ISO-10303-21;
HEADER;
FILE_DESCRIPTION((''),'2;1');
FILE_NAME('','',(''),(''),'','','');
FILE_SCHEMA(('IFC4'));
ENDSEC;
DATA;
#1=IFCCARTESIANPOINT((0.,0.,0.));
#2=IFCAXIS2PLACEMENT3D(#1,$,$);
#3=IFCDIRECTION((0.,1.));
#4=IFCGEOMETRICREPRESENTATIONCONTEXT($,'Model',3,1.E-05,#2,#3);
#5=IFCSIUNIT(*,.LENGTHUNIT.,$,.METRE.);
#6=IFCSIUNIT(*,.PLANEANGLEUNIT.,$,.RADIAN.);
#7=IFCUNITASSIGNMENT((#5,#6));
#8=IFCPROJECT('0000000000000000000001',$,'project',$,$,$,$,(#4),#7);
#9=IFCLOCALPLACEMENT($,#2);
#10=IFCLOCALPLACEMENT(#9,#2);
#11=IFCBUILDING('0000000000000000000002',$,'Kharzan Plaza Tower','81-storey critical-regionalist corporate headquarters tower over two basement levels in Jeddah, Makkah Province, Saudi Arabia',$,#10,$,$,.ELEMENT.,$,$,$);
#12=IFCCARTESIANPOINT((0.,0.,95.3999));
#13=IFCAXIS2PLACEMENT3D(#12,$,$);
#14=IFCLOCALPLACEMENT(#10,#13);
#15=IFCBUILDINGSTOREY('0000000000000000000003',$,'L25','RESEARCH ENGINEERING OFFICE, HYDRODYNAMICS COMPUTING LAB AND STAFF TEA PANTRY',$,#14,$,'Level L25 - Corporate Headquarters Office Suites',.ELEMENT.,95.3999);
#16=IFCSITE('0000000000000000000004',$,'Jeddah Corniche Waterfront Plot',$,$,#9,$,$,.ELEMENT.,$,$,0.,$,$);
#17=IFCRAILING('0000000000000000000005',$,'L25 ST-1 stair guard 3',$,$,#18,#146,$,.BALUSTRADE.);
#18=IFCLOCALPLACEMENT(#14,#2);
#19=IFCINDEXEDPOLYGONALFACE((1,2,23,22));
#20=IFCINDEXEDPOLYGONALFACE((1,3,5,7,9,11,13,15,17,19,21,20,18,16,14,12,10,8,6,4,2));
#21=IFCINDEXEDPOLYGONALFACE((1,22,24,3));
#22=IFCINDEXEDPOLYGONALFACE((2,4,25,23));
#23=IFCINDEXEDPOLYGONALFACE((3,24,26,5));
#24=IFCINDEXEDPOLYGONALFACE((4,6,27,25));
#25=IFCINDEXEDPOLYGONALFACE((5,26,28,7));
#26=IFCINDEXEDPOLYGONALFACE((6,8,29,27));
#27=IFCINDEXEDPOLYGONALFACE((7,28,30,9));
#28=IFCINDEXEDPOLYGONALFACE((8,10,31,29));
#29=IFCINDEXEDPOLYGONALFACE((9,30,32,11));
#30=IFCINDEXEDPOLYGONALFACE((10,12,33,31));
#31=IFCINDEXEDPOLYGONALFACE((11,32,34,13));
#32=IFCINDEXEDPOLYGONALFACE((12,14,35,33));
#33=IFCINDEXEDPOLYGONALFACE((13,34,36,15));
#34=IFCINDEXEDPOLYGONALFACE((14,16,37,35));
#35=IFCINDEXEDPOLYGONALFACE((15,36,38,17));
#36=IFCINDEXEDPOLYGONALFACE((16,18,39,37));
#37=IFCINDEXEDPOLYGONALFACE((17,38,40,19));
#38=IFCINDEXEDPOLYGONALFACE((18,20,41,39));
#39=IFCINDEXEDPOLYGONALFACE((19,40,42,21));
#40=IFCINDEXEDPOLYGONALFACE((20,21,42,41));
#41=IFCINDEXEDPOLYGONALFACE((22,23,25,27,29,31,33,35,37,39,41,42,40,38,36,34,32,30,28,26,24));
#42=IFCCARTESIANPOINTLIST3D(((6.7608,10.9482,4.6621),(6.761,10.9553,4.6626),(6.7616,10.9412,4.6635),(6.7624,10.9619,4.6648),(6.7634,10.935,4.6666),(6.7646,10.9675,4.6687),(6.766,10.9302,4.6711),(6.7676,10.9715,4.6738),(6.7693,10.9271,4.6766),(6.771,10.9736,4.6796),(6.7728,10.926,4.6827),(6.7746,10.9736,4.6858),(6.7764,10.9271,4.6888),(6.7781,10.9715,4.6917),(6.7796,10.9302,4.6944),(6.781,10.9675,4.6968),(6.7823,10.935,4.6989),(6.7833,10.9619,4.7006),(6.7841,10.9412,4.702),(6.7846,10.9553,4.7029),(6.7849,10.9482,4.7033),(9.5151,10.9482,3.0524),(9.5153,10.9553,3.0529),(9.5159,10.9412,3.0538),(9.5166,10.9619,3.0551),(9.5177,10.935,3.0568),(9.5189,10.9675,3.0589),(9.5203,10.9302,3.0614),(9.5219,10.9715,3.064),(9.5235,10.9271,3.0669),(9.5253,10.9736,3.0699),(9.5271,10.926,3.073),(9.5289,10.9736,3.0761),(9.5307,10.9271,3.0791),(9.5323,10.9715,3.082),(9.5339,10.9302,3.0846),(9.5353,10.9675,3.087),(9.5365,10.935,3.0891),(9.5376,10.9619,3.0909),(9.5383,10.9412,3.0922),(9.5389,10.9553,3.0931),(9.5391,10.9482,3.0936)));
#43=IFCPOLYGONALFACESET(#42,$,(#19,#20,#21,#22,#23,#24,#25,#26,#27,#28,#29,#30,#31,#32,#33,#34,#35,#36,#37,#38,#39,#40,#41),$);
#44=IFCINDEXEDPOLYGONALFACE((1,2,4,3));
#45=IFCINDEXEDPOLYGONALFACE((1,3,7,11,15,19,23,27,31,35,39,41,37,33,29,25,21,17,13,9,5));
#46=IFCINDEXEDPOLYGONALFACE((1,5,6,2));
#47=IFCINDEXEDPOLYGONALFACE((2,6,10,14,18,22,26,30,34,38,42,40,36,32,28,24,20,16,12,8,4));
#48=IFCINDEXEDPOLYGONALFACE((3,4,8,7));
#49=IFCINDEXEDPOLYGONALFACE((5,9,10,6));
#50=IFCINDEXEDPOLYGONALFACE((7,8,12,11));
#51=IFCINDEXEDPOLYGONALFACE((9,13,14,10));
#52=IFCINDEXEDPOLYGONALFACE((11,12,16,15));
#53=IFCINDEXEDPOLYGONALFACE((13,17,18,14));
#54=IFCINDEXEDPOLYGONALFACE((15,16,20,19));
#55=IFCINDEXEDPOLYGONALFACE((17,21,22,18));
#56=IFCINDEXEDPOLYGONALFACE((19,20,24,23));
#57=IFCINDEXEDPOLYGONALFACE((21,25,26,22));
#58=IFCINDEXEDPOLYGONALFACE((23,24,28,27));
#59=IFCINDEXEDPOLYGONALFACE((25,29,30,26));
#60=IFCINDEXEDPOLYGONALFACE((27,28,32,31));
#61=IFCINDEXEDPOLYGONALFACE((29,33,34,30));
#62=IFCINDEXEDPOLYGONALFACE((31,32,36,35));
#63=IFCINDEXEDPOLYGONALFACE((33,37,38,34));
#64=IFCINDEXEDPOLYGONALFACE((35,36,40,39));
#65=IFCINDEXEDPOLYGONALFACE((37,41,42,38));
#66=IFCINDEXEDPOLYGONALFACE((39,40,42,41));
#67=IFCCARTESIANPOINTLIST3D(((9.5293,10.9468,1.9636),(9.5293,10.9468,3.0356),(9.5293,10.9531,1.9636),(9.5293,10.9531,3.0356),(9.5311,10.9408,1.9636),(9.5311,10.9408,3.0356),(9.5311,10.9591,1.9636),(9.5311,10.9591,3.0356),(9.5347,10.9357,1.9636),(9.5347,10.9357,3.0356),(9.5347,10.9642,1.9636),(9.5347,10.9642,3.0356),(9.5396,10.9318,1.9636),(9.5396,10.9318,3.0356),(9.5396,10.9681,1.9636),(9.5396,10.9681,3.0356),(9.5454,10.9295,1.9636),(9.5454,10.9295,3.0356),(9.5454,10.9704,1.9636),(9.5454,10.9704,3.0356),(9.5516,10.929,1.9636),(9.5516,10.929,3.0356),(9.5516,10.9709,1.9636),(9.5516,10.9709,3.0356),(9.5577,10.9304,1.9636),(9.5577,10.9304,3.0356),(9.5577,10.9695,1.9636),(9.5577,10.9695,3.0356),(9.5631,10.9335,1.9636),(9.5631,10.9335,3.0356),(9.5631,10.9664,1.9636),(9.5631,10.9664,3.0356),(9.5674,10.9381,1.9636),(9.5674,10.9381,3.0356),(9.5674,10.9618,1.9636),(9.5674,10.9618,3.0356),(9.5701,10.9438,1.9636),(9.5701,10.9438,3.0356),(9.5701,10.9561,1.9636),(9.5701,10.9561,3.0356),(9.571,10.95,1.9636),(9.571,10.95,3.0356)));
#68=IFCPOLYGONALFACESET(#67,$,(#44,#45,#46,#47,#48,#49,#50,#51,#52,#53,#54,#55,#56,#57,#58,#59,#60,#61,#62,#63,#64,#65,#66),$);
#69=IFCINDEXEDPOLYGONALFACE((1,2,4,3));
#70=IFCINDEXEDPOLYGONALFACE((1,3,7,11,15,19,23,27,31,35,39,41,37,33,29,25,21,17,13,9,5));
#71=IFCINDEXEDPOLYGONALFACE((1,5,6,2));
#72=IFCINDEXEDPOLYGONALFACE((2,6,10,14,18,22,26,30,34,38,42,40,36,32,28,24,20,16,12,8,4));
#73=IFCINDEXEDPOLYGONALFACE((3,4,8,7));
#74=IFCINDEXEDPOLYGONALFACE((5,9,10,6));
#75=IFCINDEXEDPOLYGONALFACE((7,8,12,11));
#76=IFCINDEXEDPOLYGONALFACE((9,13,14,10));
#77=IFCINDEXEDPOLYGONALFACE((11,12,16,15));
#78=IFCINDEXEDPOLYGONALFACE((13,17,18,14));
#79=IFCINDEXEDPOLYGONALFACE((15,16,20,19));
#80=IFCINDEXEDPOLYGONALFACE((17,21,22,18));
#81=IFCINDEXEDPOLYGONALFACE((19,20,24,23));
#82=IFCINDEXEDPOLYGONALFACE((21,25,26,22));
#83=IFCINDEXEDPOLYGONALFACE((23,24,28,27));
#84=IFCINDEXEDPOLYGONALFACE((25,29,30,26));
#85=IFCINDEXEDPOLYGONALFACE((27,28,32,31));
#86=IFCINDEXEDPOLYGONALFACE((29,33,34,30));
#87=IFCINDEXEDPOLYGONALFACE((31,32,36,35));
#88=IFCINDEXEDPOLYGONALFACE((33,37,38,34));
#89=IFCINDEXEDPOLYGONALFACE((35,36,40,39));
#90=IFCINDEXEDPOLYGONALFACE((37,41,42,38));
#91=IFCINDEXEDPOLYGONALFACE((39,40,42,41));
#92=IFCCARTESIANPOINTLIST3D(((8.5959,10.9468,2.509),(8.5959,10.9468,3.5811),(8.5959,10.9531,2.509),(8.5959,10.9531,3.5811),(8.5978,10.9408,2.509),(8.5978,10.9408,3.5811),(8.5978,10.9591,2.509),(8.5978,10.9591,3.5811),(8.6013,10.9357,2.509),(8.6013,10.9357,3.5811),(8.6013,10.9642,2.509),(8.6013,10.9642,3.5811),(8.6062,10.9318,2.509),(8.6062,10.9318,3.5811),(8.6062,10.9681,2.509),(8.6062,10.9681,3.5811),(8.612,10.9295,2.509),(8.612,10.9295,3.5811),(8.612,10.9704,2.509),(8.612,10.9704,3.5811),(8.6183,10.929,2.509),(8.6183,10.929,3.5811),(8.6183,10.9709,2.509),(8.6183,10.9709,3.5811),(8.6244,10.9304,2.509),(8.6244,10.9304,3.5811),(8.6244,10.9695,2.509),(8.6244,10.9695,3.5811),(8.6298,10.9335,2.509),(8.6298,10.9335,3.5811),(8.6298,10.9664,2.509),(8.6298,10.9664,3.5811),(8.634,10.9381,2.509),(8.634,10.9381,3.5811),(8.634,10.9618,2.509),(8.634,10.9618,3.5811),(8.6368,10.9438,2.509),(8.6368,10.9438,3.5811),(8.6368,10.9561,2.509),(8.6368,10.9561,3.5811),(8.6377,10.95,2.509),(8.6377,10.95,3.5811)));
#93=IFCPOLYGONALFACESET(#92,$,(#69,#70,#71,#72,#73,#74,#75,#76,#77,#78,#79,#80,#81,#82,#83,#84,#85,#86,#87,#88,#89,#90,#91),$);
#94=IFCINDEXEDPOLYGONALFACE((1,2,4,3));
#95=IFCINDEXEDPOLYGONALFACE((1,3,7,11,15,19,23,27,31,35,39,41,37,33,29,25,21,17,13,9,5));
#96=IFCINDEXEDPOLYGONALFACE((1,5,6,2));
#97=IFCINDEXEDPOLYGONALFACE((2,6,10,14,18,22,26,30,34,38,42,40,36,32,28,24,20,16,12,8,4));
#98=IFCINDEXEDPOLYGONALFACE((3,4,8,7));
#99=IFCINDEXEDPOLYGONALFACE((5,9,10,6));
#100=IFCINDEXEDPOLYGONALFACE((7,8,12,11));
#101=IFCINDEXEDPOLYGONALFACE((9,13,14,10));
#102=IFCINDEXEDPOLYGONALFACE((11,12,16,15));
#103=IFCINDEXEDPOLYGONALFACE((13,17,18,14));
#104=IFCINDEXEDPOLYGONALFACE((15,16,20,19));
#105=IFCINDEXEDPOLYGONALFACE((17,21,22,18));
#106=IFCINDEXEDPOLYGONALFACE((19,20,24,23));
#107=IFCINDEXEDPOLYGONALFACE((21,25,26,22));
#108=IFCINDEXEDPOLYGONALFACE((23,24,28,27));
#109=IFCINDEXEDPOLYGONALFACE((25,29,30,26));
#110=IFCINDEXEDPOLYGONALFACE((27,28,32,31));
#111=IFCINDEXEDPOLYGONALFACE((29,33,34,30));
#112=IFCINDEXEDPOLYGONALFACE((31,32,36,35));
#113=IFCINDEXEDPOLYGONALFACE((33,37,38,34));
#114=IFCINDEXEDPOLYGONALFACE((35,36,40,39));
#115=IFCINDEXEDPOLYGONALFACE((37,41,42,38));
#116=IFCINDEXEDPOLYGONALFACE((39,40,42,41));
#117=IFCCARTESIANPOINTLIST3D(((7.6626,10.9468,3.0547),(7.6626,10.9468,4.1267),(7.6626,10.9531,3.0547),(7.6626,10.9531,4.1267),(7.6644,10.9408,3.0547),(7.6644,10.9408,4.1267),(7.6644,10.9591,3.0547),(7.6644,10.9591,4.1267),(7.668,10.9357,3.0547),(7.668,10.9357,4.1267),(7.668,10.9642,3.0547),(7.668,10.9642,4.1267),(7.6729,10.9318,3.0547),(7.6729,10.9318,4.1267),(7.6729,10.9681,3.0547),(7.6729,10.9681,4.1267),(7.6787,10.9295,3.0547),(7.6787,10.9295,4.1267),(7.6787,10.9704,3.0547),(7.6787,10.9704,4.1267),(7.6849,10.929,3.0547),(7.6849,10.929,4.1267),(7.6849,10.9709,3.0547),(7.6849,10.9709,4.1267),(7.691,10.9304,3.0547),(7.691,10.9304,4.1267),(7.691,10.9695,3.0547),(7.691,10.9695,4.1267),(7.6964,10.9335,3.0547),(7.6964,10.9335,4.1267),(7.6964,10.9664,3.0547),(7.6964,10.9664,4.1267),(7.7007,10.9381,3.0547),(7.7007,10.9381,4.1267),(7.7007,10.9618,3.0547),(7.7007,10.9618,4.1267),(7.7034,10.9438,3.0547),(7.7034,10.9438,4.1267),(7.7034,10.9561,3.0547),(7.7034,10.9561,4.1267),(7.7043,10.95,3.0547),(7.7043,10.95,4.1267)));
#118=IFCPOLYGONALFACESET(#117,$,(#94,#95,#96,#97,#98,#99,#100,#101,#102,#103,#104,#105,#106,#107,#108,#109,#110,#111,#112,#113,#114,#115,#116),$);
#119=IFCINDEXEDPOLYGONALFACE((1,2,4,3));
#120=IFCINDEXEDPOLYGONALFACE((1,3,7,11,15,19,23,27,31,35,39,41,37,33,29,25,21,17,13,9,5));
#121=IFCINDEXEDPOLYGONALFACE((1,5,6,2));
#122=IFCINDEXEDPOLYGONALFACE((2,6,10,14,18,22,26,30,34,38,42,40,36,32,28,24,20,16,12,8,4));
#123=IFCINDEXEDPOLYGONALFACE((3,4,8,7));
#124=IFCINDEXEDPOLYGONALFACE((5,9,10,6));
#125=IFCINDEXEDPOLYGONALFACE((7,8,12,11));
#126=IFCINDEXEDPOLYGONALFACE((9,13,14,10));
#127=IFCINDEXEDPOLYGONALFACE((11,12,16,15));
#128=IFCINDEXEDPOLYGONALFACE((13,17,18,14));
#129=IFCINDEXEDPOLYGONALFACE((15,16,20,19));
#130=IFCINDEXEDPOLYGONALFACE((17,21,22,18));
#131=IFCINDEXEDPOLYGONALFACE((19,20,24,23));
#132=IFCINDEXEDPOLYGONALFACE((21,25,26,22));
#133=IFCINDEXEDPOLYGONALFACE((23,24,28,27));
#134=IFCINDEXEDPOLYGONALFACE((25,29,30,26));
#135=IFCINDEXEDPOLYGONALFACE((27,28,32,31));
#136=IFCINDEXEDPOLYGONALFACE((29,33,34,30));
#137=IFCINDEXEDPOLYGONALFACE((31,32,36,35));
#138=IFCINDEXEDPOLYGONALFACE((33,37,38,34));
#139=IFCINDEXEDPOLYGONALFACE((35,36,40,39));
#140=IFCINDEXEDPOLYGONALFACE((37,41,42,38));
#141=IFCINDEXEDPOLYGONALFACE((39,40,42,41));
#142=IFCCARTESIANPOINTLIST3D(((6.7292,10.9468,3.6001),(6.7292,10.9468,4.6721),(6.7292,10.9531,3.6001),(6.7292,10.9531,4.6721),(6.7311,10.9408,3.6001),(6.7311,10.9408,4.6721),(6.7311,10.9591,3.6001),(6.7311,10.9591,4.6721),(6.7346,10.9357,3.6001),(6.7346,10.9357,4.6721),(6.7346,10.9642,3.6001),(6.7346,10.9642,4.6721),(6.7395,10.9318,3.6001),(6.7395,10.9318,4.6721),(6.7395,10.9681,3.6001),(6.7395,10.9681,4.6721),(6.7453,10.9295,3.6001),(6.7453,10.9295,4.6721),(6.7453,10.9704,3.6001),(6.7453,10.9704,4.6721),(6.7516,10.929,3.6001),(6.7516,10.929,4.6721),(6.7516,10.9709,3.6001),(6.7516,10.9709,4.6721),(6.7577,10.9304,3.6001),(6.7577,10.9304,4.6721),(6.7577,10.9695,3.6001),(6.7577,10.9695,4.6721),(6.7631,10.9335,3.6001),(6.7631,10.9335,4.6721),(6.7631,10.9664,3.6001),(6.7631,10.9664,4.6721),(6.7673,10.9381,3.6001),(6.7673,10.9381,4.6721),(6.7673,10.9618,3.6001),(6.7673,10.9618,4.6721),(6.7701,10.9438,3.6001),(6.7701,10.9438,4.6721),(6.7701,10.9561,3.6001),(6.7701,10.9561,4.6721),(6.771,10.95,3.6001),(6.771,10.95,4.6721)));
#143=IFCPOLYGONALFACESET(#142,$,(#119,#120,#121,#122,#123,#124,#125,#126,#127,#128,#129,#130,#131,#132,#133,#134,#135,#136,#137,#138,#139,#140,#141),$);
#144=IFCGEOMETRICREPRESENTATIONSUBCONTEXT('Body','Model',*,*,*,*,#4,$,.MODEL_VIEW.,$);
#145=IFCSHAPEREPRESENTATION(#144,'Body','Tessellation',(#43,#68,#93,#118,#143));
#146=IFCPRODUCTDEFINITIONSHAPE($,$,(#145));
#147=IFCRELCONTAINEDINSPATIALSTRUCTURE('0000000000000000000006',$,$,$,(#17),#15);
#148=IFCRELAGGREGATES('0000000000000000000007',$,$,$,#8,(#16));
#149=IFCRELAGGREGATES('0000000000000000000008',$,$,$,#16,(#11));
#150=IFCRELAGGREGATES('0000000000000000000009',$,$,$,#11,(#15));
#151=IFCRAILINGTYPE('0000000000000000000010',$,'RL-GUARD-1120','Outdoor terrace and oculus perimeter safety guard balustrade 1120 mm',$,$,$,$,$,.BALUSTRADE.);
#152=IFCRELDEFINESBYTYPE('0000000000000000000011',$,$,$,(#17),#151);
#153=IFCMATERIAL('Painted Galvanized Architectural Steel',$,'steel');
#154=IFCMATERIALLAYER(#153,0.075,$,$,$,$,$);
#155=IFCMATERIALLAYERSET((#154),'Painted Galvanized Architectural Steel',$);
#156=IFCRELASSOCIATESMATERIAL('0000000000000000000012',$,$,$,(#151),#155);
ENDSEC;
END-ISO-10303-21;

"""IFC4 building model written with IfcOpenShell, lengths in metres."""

from ifc_helpers import new_model, si_unit, direction, frame, origin, origin_2d, place, context, subcontext, project, spatial, circle, extrude, source, transform, mapped, material, layer, layer_set, type_object, element, save


model = new_model("IFC4")

# Units and contexts
model_context = context("Model", 3, precision=1e-05, world=origin(), true_north=direction((0.0, 1.0)))
body_context = subcontext(model_context, "Body", "Model", "MODEL_VIEW")
ifc_project = project(units=[si_unit("LENGTHUNIT", "METRE"), si_unit("PLANEANGLEUNIT", "RADIAN")], contexts=[model_context])

# Site, building, storey
site_placement = place(None, origin())
site = spatial("IfcSite", under=ifc_project, at=site_placement, Name="Jeddah Corniche Waterfront Plot", CompositionType="ELEMENT", RefElevation=0.0)
building_placement = place(site_placement, origin())
building = spatial("IfcBuilding", under=site, at=building_placement, Name="Kharzan Plaza Tower", Description="81-storey critical-regionalist corporate headquarters tower over two basement levels in Jeddah, Makkah Province, Saudi Arabia", CompositionType="ELEMENT")
storey_placement = place(building_placement, frame((0.0, 0.0, 95.3999)))
storey = spatial("IfcBuildingStorey", under=building, at=storey_placement, Name="L25", Description="RESEARCH ENGINEERING OFFICE, HYDRODYNAMICS COMPUTING LAB AND STAFF TEA PANTRY", LongName="Level L25 - Corporate Headquarters Office Suites", CompositionType="ELEMENT", Elevation=95.3999)

# Railing
ifc_material_1 = material(Name="Painted Galvanized Architectural Steel", Category="steel")
ifc_layer_1 = layer(ifc_material_1, 0.075)
ifc_layer_set_1 = layer_set([ifc_layer_1], Name="Painted Galvanized Architectural Steel")
railing_type_1 = type_object("IfcRailingType", Name="RL-GUARD-1120", Description="Outdoor terrace and oculus perimeter safety guard balustrade 1120 mm", PredefinedType="BALUSTRADE", material=ifc_layer_set_1)
shared_shape_1 = source(origin(), body_context, "Body", "SweptSolid", [
    extrude(circle(Radius=0.0239, at=origin_2d()), frame((-0.0229, 0.0, 1.1094), z_axis=(-0.863361, 0.0, 0.504587), x_axis=(0.0, -1.0, 0.0)), (0.0, 0.0, 1.0), 3.1902),
    extrude(circle(Radius=0.021, at=origin_2d()), origin(), (0.0, 0.0, 1.0), 1.072),
    extrude(circle(Radius=0.021, at=origin_2d()), frame((-0.9333, 0.0, 0.5454)), (0.0, 0.0, 1.0), 1.072),
    extrude(circle(Radius=0.021, at=origin_2d()), frame((-1.8667, 0.0, 1.0911)), (0.0, 0.0, 1.0), 1.072),
    extrude(circle(Radius=0.021, at=origin_2d()), frame((-2.8, 0.0, 1.6365)), (0.0, 0.0, 1.0), 1.072),
])
railing_1_placement = place(storey_placement, frame((9.55, 10.95, 1.9636)))
element("IfcRailing", 1, at=railing_1_placement, inside=storey, type_object=railing_type_1, Name="L25 ST-1 stair guard 3", PredefinedType="BALUSTRADE", context=body_context, shape_type="MappedRepresentation", body=[
    mapped(shared_shape_1, transform((0.0, 0.0, 0.0), x_axis=(1.0, 0.0, 0.0), y_axis=(0.0, 1.0, 0.0), z_axis=(0.0, 0.0, 1.0))),
])

save(model, "model.ifc")
